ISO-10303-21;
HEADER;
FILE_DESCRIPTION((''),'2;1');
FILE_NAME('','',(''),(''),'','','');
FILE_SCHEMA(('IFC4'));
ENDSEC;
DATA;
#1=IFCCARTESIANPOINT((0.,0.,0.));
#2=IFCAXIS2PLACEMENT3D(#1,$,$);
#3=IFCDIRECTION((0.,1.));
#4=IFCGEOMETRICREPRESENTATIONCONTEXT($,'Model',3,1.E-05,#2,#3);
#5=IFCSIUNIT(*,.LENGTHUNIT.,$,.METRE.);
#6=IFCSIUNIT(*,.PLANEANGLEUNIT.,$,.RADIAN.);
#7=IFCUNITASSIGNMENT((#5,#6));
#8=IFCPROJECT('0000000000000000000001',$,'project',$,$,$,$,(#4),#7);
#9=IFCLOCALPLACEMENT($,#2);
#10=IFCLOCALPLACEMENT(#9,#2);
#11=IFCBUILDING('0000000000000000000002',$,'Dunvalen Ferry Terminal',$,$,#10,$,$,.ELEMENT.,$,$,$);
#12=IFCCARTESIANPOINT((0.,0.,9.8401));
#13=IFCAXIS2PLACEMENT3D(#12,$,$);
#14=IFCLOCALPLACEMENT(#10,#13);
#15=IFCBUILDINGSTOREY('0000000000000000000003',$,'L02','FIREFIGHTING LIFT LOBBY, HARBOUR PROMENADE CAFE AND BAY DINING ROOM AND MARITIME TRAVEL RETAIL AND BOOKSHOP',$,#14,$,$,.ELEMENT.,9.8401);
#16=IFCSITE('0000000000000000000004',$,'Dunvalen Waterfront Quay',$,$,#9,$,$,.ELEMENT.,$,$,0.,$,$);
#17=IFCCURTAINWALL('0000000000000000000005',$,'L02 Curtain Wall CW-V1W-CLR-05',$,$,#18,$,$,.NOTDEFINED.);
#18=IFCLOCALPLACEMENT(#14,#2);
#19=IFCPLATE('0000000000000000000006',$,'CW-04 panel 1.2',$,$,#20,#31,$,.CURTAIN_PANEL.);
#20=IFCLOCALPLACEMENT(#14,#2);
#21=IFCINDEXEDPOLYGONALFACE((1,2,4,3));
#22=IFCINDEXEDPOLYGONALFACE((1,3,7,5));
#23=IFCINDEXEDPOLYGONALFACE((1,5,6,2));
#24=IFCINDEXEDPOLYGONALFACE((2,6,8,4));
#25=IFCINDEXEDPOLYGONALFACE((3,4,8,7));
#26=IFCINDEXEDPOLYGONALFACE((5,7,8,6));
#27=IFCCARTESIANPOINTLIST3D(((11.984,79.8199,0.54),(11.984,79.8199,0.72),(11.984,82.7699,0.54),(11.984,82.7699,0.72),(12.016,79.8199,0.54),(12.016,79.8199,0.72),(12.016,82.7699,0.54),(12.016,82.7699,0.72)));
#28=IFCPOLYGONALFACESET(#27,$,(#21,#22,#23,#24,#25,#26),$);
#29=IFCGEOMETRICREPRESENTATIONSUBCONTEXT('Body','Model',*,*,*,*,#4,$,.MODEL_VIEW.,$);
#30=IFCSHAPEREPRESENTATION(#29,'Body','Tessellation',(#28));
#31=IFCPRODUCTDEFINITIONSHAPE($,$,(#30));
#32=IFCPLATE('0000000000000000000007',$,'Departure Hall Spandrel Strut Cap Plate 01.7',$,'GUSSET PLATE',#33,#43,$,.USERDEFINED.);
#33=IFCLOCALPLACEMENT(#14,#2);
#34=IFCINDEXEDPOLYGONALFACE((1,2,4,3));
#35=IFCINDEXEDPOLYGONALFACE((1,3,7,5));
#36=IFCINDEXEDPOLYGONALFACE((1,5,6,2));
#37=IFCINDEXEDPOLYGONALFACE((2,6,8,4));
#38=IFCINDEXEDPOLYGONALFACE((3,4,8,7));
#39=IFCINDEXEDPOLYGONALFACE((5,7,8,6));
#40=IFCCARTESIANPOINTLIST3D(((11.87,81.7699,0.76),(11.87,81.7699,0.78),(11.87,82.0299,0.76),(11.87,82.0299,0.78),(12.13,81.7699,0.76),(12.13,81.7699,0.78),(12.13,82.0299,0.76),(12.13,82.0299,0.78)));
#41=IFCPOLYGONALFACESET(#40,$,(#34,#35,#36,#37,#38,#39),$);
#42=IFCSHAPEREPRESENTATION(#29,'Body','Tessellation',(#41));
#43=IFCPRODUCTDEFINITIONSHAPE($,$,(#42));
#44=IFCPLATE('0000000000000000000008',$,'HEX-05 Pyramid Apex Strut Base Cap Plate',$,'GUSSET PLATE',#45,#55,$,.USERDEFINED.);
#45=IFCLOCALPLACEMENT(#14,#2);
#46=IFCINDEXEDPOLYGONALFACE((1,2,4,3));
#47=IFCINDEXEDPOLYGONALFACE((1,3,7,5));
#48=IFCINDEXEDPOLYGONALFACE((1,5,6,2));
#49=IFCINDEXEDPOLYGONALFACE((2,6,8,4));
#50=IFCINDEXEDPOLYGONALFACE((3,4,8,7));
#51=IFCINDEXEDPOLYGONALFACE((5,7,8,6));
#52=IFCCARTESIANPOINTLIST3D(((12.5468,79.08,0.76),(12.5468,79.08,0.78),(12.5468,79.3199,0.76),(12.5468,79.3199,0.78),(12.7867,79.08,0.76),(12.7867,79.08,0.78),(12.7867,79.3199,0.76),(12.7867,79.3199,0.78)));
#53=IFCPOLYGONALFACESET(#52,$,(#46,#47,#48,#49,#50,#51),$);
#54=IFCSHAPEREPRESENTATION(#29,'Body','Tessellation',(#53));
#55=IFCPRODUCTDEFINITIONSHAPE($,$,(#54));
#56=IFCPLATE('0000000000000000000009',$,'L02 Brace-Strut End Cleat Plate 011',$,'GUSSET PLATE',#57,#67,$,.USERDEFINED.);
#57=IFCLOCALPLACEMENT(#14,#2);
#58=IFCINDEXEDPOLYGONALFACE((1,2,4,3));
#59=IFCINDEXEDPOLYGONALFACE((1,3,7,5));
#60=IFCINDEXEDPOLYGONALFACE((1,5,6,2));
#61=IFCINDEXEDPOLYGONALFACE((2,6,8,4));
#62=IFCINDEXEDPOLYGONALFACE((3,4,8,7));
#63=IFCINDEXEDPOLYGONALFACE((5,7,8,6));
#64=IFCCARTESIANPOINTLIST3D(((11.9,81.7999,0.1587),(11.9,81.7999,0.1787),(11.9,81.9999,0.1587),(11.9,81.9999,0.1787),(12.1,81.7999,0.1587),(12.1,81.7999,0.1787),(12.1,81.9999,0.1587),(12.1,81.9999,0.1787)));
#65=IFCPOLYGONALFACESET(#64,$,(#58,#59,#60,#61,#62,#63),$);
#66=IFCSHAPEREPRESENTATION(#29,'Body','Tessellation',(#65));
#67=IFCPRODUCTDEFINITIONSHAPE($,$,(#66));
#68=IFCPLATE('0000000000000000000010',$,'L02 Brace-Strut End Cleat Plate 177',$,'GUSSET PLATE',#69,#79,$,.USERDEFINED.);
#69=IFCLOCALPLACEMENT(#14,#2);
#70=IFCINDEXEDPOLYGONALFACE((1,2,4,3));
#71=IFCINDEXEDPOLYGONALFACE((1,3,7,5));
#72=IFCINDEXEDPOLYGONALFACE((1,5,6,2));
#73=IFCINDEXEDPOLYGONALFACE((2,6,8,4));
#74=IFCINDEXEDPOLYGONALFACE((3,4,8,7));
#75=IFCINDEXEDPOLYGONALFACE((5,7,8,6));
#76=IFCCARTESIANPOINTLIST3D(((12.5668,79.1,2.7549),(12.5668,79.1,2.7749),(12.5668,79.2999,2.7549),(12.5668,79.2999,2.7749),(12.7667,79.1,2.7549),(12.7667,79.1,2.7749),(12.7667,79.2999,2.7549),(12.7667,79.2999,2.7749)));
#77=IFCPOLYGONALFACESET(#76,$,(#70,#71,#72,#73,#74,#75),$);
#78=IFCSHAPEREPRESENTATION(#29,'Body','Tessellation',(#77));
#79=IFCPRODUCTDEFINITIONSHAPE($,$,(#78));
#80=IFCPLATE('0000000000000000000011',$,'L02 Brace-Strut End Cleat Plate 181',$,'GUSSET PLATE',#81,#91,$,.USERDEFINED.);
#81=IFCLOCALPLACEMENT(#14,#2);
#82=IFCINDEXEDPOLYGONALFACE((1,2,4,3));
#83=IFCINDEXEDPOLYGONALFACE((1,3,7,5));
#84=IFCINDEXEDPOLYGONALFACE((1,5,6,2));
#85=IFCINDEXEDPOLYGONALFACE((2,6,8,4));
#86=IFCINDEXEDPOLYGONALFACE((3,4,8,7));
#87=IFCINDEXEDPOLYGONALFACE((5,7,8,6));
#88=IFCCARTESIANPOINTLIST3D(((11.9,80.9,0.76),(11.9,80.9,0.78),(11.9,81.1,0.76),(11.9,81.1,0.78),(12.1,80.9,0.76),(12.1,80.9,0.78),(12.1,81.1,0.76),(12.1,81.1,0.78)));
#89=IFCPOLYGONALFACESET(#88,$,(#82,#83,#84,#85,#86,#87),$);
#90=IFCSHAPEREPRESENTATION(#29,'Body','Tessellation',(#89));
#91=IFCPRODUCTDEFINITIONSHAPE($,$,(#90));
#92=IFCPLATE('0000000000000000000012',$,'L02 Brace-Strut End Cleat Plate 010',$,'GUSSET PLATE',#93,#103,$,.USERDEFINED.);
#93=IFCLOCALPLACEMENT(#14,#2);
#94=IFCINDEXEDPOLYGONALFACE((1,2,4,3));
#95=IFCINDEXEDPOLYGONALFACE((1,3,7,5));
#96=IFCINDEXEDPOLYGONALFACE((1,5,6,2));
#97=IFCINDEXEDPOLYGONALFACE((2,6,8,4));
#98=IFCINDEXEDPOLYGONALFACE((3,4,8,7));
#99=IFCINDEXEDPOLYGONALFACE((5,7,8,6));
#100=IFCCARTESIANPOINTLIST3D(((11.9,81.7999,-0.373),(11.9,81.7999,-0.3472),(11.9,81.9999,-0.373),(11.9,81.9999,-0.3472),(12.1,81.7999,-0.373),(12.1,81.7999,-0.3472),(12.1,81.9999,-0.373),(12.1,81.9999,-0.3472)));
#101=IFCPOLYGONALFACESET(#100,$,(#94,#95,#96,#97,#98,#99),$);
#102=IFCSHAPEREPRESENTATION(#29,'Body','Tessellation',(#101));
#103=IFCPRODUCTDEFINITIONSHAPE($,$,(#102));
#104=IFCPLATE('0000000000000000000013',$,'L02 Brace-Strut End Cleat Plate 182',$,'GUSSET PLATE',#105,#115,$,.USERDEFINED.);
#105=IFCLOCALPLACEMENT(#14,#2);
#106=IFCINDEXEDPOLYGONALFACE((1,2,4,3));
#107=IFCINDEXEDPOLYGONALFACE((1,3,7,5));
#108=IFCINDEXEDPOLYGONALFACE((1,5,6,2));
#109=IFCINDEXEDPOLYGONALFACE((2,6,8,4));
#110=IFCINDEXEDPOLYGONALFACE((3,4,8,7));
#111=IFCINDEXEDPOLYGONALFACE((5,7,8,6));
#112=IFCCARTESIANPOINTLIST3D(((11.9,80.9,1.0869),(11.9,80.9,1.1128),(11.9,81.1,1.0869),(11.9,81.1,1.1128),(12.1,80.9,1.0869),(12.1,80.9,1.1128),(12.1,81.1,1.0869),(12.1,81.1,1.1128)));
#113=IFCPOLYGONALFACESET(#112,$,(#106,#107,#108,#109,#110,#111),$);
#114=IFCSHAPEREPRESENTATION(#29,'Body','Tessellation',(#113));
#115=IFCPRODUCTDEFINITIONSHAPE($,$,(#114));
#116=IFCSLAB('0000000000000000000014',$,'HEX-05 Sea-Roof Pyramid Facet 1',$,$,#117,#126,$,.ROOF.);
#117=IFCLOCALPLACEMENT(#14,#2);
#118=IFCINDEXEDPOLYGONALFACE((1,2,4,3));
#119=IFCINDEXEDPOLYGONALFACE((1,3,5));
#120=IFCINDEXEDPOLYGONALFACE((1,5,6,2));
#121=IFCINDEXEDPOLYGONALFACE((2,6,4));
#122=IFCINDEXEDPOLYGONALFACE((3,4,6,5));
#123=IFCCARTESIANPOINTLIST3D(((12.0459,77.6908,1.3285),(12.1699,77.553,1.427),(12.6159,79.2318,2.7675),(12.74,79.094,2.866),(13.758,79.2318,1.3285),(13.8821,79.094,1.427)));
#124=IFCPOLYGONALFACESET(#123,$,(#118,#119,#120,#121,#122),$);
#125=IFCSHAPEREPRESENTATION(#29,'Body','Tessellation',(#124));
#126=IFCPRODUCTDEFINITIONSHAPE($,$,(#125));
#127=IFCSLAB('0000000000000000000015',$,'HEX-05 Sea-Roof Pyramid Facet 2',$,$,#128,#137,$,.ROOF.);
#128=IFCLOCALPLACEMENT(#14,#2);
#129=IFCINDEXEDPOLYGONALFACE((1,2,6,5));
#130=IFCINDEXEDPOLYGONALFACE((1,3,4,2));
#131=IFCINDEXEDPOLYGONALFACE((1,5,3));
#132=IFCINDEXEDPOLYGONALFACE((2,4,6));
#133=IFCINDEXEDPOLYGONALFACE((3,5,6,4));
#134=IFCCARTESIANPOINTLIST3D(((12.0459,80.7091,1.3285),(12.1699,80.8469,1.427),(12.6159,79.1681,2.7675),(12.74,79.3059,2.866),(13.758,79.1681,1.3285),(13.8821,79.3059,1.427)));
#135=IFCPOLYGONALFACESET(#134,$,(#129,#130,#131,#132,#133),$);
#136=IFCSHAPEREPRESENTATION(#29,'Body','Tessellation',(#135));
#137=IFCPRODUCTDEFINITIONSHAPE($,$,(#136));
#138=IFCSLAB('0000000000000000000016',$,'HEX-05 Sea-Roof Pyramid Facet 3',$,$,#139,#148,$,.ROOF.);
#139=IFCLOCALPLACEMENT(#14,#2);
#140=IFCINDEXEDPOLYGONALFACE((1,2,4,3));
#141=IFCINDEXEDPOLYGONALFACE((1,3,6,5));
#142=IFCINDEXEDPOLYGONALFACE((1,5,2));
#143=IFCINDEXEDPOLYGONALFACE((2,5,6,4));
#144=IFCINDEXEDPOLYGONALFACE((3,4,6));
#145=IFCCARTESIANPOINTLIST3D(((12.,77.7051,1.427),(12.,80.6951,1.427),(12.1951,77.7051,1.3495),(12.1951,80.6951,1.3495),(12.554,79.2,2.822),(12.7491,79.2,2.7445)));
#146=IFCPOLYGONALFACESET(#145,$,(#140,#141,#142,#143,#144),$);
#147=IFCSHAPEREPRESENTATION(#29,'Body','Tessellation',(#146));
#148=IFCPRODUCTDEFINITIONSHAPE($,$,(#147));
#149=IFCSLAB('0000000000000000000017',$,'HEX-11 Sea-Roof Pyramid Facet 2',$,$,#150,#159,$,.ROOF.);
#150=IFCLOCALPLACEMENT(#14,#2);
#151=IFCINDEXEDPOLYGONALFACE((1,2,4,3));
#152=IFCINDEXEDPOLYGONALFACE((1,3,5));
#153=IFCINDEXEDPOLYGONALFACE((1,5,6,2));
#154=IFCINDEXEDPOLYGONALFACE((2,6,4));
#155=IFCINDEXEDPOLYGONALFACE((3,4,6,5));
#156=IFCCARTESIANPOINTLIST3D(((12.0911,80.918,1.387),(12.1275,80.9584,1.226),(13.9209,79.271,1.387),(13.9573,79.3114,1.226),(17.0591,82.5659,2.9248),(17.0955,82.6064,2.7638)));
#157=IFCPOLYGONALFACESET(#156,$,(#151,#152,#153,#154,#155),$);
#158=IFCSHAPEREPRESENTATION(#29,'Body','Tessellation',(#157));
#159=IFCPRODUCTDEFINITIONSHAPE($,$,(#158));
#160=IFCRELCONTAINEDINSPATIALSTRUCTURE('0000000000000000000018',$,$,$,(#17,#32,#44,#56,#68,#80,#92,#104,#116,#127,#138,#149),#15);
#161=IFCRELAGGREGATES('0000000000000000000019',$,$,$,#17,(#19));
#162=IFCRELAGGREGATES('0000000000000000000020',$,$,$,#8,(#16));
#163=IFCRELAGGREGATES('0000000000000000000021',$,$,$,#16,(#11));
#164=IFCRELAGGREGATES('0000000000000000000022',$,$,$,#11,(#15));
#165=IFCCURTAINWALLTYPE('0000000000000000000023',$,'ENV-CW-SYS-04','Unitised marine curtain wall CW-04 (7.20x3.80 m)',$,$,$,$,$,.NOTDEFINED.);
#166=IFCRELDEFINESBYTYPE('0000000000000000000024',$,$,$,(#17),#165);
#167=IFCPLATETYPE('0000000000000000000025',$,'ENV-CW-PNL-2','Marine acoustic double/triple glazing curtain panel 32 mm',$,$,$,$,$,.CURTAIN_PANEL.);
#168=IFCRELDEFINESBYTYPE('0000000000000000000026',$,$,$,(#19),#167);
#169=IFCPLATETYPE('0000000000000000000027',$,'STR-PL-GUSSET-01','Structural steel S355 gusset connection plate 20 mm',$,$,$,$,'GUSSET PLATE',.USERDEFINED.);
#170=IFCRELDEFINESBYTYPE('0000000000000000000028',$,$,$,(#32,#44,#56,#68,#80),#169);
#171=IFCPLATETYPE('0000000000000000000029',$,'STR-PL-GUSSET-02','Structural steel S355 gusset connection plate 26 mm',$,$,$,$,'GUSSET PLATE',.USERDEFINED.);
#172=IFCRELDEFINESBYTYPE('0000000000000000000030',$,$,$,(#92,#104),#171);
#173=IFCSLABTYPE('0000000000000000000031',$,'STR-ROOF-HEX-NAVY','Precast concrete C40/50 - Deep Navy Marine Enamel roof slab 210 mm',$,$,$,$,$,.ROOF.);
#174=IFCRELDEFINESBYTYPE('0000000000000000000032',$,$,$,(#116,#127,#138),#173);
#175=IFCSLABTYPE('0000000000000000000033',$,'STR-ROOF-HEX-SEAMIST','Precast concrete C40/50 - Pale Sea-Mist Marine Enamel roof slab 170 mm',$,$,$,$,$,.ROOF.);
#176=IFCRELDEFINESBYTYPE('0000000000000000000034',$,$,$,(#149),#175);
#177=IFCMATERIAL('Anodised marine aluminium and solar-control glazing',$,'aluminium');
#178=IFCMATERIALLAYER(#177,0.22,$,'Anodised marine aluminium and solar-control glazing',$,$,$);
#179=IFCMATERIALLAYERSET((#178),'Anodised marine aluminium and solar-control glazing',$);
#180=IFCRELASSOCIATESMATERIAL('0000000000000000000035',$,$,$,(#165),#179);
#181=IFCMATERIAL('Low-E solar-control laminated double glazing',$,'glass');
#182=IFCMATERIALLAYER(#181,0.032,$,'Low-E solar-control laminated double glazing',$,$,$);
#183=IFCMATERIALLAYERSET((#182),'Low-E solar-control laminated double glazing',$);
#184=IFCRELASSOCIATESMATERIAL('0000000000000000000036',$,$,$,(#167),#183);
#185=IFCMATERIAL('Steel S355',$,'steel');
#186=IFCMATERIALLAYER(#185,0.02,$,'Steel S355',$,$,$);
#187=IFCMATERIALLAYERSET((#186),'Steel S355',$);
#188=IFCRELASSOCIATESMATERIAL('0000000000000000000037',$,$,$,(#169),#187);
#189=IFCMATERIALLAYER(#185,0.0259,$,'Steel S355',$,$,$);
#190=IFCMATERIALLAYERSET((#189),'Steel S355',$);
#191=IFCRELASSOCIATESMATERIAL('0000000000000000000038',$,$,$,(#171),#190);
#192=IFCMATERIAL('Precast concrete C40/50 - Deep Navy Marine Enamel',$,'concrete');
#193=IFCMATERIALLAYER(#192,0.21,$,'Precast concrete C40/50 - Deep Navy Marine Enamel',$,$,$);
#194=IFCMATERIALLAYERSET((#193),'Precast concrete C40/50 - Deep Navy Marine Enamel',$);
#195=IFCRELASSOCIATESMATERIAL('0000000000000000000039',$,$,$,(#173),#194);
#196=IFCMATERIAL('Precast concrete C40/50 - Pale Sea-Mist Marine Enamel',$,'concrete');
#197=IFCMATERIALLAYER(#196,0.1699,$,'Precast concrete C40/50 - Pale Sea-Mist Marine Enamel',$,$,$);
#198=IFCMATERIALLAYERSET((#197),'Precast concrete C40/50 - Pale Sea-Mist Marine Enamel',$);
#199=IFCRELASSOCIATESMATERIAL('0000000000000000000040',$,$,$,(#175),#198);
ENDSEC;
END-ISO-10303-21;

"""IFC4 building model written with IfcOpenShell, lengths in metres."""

from ifc_helpers import new_model, si_unit, direction, frame, origin, origin_2d, place, context, subcontext, project, spatial, polyline, rectangle, outline, extrude, material, layer, layer_set, type_object, element, aggregate, save


model = new_model("IFC4")

# Units and contexts
model_context = context("Model", 3, precision=1e-05, world=origin(), true_north=direction((0.0, 1.0)))
body_context = subcontext(model_context, "Body", "Model", "MODEL_VIEW")
ifc_project = project(units=[si_unit("LENGTHUNIT", "METRE"), si_unit("PLANEANGLEUNIT", "RADIAN")], contexts=[model_context])

# Site, building, storey
site_placement = place(None, origin())
site = spatial("IfcSite", under=ifc_project, at=site_placement, Name="Dunvalen Waterfront Quay", CompositionType="ELEMENT", RefElevation=0.0)
building_placement = place(site_placement, origin())
building = spatial("IfcBuilding", under=site, at=building_placement, Name="Dunvalen Ferry Terminal", CompositionType="ELEMENT")
storey_placement = place(building_placement, frame((0.0, 0.0, 9.8401)))
storey = spatial("IfcBuildingStorey", under=building, at=storey_placement, Name="L02", Description="FIREFIGHTING LIFT LOBBY, HARBOUR PROMENADE CAFE AND BAY DINING ROOM AND MARITIME TRAVEL RETAIL AND BOOKSHOP", CompositionType="ELEMENT", Elevation=9.8401)

# Curtain wall
ifc_material_1 = material(Name="Anodised marine aluminium and solar-control glazing", Category="aluminium")
ifc_layer_1 = layer(ifc_material_1, 0.22, Name="Anodised marine aluminium and solar-control glazing")
ifc_layer_set_1 = layer_set([ifc_layer_1], Name="Anodised marine aluminium and solar-control glazing")
curtain_wall_type = type_object("IfcCurtainWallType", Name="ENV-CW-SYS-04", Description="Unitised marine curtain wall CW-04 (7.20x3.80 m)", PredefinedType="NOTDEFINED", material=ifc_layer_set_1)
curtain_wall_placement = place(storey_placement, origin())
curtain_wall = element("IfcCurtainWall", 1, at=curtain_wall_placement, inside=storey, type_object=curtain_wall_type, Name="L02 Curtain Wall CW-V1W-CLR-05", PredefinedType="NOTDEFINED")

# Shared definitions
ifc_material_2 = material(Name="Steel S355", Category="steel")

# Plate
ifc_material_3 = material(Name="Low-E solar-control laminated double glazing", Category="glass")
ifc_layer_2 = layer(ifc_material_3, 0.032, Name="Low-E solar-control laminated double glazing")
ifc_layer_set_2 = layer_set([ifc_layer_2], Name="Low-E solar-control laminated double glazing")
plate_type_1 = type_object("IfcPlateType", Name="ENV-CW-PNL-2", Description="Marine acoustic double/triple glazing curtain panel 32 mm", PredefinedType="CURTAIN_PANEL", material=ifc_layer_set_2)
plate_1_placement = place(storey_placement, frame((12.0, 81.2949, 0.54), z_axis=(0.0, 0.0, 1.0), x_axis=(0.0, 1.0, 0.0)))
plate_1 = element("IfcPlate", 2, at=plate_1_placement, type_object=plate_type_1, Name="CW-04 panel 1.2", PredefinedType="CURTAIN_PANEL", context=body_context, shape_type="SweptSolid", body=[
    extrude(rectangle(XDim=2.95, YDim=0.032, at=origin_2d()), origin(), (0.0, 0.0, 1.0), 0.1799),
])
aggregate(curtain_wall, [plate_1])

# Plates
ifc_layer_3 = layer(ifc_material_2, 0.02, Name="Steel S355")
ifc_layer_set_3 = layer_set([ifc_layer_3], Name="Steel S355")
plate_type_2 = type_object("IfcPlateType", Name="STR-PL-GUSSET-01", Description="Structural steel S355 gusset connection plate 20 mm", ElementType="GUSSET PLATE", PredefinedType="USERDEFINED", material=ifc_layer_set_3)
plate_2_placement = place(storey_placement, frame((12.0, 81.8999, 0.76), z_axis=(0.0, 0.0, 1.0), x_axis=(1.0, 0.0, 0.0)))
element("IfcPlate", 3, at=plate_2_placement, inside=storey, type_object=plate_type_2, Name="Departure Hall Spandrel Strut Cap Plate 01.7", ObjectType="GUSSET PLATE", PredefinedType="USERDEFINED", context=body_context, shape_type="SweptSolid", body=[
    extrude(rectangle(XDim=0.26, YDim=0.26, at=origin_2d()), origin(), (0.0, 0.0, 1.0), 0.02),
])
plate_3_placement = place(storey_placement, frame((12.6667, 79.2, 0.76), z_axis=(0.0, 0.0, 1.0), x_axis=(1.0, 0.0, 0.0)))
element("IfcPlate", 4, at=plate_3_placement, inside=storey, type_object=plate_type_2, Name="HEX-05 Pyramid Apex Strut Base Cap Plate", ObjectType="GUSSET PLATE", PredefinedType="USERDEFINED", context=body_context, shape_type="SweptSolid", body=[
    extrude(rectangle(XDim=0.24, YDim=0.24, at=origin_2d()), origin(), (0.0, 0.0, 1.0), 0.02),
])
for number, where, z_axis, x_axis, name in (
    (5, (12.0, 81.8999, 0.1587), (0.0, 0.0, 1.0), (1.0, 0.0, 0.0), "L02 Brace-Strut End Cleat Plate 011"),
    (6, (12.6667, 79.2, 2.7549), (0.0, 0.0, 1.0), (1.0, 0.0, 0.0), "L02 Brace-Strut End Cleat Plate 177"),
    (7, (12.0, 81.0, 0.76), (0.0, 0.0, 1.0), (1.0, 0.0, 0.0), "L02 Brace-Strut End Cleat Plate 181"),
):
    element("IfcPlate", number, at=place(storey_placement, frame(where, z_axis=z_axis, x_axis=x_axis)), inside=storey, type_object=plate_type_2, Name=name, ObjectType="GUSSET PLATE", PredefinedType="USERDEFINED", context=body_context, shape_type="SweptSolid", body=[
        extrude(rectangle(XDim=0.2, YDim=0.2, at=origin_2d()), origin(), (0.0, 0.0, 1.0), 0.02),
    ])
ifc_layer_4 = layer(ifc_material_2, 0.0259, Name="Steel S355")
ifc_layer_set_4 = layer_set([ifc_layer_4], Name="Steel S355")
plate_type_3 = type_object("IfcPlateType", Name="STR-PL-GUSSET-02", Description="Structural steel S355 gusset connection plate 26 mm", ElementType="GUSSET PLATE", PredefinedType="USERDEFINED", material=ifc_layer_set_4)
for number, where, z_axis, x_axis, name in (
    (8, (12.0, 81.8999, -0.373), (0.0, 0.0, 1.0), (1.0, 0.0, 0.0), "L02 Brace-Strut End Cleat Plate 010"),
    (9, (12.0, 81.0, 1.0869), (0.0, 0.0, 1.0), (1.0, 0.0, 0.0), "L02 Brace-Strut End Cleat Plate 182"),
):
    element("IfcPlate", number, at=place(storey_placement, frame(where, z_axis=z_axis, x_axis=x_axis)), inside=storey, type_object=plate_type_3, Name=name, ObjectType="GUSSET PLATE", PredefinedType="USERDEFINED", context=body_context, shape_type="SweptSolid", body=[
        extrude(rectangle(XDim=0.2, YDim=0.2, at=origin_2d()), origin(), (0.0, 0.0, 1.0), 0.0259),
    ])

# Slabs
ifc_material_4 = material(Name="Precast concrete C40/50 - Deep Navy Marine Enamel", Category="concrete")
ifc_layer_5 = layer(ifc_material_4, 0.21, Name="Precast concrete C40/50 - Deep Navy Marine Enamel")
ifc_layer_set_5 = layer_set([ifc_layer_5], Name="Precast concrete C40/50 - Deep Navy Marine Enamel")
slab_type_1 = type_object("IfcSlabType", Name="STR-ROOF-HEX-NAVY", Description="Precast concrete C40/50 - Deep Navy Marine Enamel roof slab 210 mm", PredefinedType="ROOF", material=ifc_layer_set_5)
slab_1_placement = place(storey_placement, frame((12.1699, 77.553, 1.427), z_axis=(0.590859, -0.656479, 0.468958), x_axis=(0.743278, 0.668982, 0.0)))
element("IfcSlab", 10, at=slab_1_placement, inside=storey, type_object=slab_type_1, Name="HEX-05 Sea-Roof Pyramid Facet 1", PredefinedType="ROOF", context=body_context, shape_type="SweptSolid", body=[
    extrude(outline(polyline([(0.0, 0.0), (2.3035, 0.0), (1.4546, 1.6292), (0.0, 0.0)])), origin(), (0.0, 0.0, -1.0), 0.21),
])
slab_2_placement = place(storey_placement, frame((13.8821, 79.3059, 1.427), z_axis=(0.590859, 0.656479, 0.468958), x_axis=(-0.743278, 0.668982, 0.0)))
element("IfcSlab", 11, at=slab_2_placement, inside=storey, type_object=slab_type_1, Name="HEX-05 Sea-Roof Pyramid Facet 2", PredefinedType="ROOF", context=body_context, shape_type="SweptSolid", body=[
    extrude(outline(polyline([(0.0, 0.0), (2.3035, 0.0), (0.8489, 1.6292), (0.0, 0.0)])), origin(), (0.0, 0.0, -1.0), 0.21),
])
slab_3_placement = place(storey_placement, frame((12.0, 80.6951, 1.427), z_axis=(-0.929405, 0.0, 0.369062), x_axis=(0.0, -1.0, 0.0)))
element("IfcSlab", 12, at=slab_3_placement, inside=storey, type_object=slab_type_1, Name="HEX-05 Sea-Roof Pyramid Facet 3", PredefinedType="ROOF", context=body_context, shape_type="SweptSolid", body=[
    extrude(outline(polyline([(0.0, 0.0), (2.99, 0.0), (1.4951, 1.501), (0.0, 0.0)])), origin(), (0.0, 0.0, -1.0), 0.21),
])
ifc_material_5 = material(Name="Precast concrete C40/50 - Pale Sea-Mist Marine Enamel", Category="concrete")
ifc_layer_6 = layer(ifc_material_5, 0.1699, Name="Precast concrete C40/50 - Pale Sea-Mist Marine Enamel")
ifc_layer_set_6 = layer_set([ifc_layer_6], Name="Precast concrete C40/50 - Pale Sea-Mist Marine Enamel")
slab_type_2 = type_object("IfcSlabType", Name="STR-ROOF-HEX-SEAMIST", Description="Precast concrete C40/50 - Pale Sea-Mist Marine Enamel roof slab 170 mm", PredefinedType="ROOF", material=ifc_layer_set_6)
slab_4_placement = place(storey_placement, frame((12.0911, 80.918, 1.387), z_axis=(-0.214273, -0.238063, 0.947319), x_axis=(0.743269, -0.668992, 0.0)))
element("IfcSlab", 13, at=slab_4_placement, inside=storey, type_object=slab_type_2, Name="HEX-11 Sea-Roof Pyramid Facet 2", PredefinedType="ROOF", context=body_context, shape_type="SweptSolid", body=[
    extrude(outline(polyline([(0.0, 0.0), (2.4619, 0.0), (2.5901, 4.8014), (0.0, 0.0)])), origin(), (0.0, 0.0, -1.0), 0.1699),
])

save(model, "model.ifc")
